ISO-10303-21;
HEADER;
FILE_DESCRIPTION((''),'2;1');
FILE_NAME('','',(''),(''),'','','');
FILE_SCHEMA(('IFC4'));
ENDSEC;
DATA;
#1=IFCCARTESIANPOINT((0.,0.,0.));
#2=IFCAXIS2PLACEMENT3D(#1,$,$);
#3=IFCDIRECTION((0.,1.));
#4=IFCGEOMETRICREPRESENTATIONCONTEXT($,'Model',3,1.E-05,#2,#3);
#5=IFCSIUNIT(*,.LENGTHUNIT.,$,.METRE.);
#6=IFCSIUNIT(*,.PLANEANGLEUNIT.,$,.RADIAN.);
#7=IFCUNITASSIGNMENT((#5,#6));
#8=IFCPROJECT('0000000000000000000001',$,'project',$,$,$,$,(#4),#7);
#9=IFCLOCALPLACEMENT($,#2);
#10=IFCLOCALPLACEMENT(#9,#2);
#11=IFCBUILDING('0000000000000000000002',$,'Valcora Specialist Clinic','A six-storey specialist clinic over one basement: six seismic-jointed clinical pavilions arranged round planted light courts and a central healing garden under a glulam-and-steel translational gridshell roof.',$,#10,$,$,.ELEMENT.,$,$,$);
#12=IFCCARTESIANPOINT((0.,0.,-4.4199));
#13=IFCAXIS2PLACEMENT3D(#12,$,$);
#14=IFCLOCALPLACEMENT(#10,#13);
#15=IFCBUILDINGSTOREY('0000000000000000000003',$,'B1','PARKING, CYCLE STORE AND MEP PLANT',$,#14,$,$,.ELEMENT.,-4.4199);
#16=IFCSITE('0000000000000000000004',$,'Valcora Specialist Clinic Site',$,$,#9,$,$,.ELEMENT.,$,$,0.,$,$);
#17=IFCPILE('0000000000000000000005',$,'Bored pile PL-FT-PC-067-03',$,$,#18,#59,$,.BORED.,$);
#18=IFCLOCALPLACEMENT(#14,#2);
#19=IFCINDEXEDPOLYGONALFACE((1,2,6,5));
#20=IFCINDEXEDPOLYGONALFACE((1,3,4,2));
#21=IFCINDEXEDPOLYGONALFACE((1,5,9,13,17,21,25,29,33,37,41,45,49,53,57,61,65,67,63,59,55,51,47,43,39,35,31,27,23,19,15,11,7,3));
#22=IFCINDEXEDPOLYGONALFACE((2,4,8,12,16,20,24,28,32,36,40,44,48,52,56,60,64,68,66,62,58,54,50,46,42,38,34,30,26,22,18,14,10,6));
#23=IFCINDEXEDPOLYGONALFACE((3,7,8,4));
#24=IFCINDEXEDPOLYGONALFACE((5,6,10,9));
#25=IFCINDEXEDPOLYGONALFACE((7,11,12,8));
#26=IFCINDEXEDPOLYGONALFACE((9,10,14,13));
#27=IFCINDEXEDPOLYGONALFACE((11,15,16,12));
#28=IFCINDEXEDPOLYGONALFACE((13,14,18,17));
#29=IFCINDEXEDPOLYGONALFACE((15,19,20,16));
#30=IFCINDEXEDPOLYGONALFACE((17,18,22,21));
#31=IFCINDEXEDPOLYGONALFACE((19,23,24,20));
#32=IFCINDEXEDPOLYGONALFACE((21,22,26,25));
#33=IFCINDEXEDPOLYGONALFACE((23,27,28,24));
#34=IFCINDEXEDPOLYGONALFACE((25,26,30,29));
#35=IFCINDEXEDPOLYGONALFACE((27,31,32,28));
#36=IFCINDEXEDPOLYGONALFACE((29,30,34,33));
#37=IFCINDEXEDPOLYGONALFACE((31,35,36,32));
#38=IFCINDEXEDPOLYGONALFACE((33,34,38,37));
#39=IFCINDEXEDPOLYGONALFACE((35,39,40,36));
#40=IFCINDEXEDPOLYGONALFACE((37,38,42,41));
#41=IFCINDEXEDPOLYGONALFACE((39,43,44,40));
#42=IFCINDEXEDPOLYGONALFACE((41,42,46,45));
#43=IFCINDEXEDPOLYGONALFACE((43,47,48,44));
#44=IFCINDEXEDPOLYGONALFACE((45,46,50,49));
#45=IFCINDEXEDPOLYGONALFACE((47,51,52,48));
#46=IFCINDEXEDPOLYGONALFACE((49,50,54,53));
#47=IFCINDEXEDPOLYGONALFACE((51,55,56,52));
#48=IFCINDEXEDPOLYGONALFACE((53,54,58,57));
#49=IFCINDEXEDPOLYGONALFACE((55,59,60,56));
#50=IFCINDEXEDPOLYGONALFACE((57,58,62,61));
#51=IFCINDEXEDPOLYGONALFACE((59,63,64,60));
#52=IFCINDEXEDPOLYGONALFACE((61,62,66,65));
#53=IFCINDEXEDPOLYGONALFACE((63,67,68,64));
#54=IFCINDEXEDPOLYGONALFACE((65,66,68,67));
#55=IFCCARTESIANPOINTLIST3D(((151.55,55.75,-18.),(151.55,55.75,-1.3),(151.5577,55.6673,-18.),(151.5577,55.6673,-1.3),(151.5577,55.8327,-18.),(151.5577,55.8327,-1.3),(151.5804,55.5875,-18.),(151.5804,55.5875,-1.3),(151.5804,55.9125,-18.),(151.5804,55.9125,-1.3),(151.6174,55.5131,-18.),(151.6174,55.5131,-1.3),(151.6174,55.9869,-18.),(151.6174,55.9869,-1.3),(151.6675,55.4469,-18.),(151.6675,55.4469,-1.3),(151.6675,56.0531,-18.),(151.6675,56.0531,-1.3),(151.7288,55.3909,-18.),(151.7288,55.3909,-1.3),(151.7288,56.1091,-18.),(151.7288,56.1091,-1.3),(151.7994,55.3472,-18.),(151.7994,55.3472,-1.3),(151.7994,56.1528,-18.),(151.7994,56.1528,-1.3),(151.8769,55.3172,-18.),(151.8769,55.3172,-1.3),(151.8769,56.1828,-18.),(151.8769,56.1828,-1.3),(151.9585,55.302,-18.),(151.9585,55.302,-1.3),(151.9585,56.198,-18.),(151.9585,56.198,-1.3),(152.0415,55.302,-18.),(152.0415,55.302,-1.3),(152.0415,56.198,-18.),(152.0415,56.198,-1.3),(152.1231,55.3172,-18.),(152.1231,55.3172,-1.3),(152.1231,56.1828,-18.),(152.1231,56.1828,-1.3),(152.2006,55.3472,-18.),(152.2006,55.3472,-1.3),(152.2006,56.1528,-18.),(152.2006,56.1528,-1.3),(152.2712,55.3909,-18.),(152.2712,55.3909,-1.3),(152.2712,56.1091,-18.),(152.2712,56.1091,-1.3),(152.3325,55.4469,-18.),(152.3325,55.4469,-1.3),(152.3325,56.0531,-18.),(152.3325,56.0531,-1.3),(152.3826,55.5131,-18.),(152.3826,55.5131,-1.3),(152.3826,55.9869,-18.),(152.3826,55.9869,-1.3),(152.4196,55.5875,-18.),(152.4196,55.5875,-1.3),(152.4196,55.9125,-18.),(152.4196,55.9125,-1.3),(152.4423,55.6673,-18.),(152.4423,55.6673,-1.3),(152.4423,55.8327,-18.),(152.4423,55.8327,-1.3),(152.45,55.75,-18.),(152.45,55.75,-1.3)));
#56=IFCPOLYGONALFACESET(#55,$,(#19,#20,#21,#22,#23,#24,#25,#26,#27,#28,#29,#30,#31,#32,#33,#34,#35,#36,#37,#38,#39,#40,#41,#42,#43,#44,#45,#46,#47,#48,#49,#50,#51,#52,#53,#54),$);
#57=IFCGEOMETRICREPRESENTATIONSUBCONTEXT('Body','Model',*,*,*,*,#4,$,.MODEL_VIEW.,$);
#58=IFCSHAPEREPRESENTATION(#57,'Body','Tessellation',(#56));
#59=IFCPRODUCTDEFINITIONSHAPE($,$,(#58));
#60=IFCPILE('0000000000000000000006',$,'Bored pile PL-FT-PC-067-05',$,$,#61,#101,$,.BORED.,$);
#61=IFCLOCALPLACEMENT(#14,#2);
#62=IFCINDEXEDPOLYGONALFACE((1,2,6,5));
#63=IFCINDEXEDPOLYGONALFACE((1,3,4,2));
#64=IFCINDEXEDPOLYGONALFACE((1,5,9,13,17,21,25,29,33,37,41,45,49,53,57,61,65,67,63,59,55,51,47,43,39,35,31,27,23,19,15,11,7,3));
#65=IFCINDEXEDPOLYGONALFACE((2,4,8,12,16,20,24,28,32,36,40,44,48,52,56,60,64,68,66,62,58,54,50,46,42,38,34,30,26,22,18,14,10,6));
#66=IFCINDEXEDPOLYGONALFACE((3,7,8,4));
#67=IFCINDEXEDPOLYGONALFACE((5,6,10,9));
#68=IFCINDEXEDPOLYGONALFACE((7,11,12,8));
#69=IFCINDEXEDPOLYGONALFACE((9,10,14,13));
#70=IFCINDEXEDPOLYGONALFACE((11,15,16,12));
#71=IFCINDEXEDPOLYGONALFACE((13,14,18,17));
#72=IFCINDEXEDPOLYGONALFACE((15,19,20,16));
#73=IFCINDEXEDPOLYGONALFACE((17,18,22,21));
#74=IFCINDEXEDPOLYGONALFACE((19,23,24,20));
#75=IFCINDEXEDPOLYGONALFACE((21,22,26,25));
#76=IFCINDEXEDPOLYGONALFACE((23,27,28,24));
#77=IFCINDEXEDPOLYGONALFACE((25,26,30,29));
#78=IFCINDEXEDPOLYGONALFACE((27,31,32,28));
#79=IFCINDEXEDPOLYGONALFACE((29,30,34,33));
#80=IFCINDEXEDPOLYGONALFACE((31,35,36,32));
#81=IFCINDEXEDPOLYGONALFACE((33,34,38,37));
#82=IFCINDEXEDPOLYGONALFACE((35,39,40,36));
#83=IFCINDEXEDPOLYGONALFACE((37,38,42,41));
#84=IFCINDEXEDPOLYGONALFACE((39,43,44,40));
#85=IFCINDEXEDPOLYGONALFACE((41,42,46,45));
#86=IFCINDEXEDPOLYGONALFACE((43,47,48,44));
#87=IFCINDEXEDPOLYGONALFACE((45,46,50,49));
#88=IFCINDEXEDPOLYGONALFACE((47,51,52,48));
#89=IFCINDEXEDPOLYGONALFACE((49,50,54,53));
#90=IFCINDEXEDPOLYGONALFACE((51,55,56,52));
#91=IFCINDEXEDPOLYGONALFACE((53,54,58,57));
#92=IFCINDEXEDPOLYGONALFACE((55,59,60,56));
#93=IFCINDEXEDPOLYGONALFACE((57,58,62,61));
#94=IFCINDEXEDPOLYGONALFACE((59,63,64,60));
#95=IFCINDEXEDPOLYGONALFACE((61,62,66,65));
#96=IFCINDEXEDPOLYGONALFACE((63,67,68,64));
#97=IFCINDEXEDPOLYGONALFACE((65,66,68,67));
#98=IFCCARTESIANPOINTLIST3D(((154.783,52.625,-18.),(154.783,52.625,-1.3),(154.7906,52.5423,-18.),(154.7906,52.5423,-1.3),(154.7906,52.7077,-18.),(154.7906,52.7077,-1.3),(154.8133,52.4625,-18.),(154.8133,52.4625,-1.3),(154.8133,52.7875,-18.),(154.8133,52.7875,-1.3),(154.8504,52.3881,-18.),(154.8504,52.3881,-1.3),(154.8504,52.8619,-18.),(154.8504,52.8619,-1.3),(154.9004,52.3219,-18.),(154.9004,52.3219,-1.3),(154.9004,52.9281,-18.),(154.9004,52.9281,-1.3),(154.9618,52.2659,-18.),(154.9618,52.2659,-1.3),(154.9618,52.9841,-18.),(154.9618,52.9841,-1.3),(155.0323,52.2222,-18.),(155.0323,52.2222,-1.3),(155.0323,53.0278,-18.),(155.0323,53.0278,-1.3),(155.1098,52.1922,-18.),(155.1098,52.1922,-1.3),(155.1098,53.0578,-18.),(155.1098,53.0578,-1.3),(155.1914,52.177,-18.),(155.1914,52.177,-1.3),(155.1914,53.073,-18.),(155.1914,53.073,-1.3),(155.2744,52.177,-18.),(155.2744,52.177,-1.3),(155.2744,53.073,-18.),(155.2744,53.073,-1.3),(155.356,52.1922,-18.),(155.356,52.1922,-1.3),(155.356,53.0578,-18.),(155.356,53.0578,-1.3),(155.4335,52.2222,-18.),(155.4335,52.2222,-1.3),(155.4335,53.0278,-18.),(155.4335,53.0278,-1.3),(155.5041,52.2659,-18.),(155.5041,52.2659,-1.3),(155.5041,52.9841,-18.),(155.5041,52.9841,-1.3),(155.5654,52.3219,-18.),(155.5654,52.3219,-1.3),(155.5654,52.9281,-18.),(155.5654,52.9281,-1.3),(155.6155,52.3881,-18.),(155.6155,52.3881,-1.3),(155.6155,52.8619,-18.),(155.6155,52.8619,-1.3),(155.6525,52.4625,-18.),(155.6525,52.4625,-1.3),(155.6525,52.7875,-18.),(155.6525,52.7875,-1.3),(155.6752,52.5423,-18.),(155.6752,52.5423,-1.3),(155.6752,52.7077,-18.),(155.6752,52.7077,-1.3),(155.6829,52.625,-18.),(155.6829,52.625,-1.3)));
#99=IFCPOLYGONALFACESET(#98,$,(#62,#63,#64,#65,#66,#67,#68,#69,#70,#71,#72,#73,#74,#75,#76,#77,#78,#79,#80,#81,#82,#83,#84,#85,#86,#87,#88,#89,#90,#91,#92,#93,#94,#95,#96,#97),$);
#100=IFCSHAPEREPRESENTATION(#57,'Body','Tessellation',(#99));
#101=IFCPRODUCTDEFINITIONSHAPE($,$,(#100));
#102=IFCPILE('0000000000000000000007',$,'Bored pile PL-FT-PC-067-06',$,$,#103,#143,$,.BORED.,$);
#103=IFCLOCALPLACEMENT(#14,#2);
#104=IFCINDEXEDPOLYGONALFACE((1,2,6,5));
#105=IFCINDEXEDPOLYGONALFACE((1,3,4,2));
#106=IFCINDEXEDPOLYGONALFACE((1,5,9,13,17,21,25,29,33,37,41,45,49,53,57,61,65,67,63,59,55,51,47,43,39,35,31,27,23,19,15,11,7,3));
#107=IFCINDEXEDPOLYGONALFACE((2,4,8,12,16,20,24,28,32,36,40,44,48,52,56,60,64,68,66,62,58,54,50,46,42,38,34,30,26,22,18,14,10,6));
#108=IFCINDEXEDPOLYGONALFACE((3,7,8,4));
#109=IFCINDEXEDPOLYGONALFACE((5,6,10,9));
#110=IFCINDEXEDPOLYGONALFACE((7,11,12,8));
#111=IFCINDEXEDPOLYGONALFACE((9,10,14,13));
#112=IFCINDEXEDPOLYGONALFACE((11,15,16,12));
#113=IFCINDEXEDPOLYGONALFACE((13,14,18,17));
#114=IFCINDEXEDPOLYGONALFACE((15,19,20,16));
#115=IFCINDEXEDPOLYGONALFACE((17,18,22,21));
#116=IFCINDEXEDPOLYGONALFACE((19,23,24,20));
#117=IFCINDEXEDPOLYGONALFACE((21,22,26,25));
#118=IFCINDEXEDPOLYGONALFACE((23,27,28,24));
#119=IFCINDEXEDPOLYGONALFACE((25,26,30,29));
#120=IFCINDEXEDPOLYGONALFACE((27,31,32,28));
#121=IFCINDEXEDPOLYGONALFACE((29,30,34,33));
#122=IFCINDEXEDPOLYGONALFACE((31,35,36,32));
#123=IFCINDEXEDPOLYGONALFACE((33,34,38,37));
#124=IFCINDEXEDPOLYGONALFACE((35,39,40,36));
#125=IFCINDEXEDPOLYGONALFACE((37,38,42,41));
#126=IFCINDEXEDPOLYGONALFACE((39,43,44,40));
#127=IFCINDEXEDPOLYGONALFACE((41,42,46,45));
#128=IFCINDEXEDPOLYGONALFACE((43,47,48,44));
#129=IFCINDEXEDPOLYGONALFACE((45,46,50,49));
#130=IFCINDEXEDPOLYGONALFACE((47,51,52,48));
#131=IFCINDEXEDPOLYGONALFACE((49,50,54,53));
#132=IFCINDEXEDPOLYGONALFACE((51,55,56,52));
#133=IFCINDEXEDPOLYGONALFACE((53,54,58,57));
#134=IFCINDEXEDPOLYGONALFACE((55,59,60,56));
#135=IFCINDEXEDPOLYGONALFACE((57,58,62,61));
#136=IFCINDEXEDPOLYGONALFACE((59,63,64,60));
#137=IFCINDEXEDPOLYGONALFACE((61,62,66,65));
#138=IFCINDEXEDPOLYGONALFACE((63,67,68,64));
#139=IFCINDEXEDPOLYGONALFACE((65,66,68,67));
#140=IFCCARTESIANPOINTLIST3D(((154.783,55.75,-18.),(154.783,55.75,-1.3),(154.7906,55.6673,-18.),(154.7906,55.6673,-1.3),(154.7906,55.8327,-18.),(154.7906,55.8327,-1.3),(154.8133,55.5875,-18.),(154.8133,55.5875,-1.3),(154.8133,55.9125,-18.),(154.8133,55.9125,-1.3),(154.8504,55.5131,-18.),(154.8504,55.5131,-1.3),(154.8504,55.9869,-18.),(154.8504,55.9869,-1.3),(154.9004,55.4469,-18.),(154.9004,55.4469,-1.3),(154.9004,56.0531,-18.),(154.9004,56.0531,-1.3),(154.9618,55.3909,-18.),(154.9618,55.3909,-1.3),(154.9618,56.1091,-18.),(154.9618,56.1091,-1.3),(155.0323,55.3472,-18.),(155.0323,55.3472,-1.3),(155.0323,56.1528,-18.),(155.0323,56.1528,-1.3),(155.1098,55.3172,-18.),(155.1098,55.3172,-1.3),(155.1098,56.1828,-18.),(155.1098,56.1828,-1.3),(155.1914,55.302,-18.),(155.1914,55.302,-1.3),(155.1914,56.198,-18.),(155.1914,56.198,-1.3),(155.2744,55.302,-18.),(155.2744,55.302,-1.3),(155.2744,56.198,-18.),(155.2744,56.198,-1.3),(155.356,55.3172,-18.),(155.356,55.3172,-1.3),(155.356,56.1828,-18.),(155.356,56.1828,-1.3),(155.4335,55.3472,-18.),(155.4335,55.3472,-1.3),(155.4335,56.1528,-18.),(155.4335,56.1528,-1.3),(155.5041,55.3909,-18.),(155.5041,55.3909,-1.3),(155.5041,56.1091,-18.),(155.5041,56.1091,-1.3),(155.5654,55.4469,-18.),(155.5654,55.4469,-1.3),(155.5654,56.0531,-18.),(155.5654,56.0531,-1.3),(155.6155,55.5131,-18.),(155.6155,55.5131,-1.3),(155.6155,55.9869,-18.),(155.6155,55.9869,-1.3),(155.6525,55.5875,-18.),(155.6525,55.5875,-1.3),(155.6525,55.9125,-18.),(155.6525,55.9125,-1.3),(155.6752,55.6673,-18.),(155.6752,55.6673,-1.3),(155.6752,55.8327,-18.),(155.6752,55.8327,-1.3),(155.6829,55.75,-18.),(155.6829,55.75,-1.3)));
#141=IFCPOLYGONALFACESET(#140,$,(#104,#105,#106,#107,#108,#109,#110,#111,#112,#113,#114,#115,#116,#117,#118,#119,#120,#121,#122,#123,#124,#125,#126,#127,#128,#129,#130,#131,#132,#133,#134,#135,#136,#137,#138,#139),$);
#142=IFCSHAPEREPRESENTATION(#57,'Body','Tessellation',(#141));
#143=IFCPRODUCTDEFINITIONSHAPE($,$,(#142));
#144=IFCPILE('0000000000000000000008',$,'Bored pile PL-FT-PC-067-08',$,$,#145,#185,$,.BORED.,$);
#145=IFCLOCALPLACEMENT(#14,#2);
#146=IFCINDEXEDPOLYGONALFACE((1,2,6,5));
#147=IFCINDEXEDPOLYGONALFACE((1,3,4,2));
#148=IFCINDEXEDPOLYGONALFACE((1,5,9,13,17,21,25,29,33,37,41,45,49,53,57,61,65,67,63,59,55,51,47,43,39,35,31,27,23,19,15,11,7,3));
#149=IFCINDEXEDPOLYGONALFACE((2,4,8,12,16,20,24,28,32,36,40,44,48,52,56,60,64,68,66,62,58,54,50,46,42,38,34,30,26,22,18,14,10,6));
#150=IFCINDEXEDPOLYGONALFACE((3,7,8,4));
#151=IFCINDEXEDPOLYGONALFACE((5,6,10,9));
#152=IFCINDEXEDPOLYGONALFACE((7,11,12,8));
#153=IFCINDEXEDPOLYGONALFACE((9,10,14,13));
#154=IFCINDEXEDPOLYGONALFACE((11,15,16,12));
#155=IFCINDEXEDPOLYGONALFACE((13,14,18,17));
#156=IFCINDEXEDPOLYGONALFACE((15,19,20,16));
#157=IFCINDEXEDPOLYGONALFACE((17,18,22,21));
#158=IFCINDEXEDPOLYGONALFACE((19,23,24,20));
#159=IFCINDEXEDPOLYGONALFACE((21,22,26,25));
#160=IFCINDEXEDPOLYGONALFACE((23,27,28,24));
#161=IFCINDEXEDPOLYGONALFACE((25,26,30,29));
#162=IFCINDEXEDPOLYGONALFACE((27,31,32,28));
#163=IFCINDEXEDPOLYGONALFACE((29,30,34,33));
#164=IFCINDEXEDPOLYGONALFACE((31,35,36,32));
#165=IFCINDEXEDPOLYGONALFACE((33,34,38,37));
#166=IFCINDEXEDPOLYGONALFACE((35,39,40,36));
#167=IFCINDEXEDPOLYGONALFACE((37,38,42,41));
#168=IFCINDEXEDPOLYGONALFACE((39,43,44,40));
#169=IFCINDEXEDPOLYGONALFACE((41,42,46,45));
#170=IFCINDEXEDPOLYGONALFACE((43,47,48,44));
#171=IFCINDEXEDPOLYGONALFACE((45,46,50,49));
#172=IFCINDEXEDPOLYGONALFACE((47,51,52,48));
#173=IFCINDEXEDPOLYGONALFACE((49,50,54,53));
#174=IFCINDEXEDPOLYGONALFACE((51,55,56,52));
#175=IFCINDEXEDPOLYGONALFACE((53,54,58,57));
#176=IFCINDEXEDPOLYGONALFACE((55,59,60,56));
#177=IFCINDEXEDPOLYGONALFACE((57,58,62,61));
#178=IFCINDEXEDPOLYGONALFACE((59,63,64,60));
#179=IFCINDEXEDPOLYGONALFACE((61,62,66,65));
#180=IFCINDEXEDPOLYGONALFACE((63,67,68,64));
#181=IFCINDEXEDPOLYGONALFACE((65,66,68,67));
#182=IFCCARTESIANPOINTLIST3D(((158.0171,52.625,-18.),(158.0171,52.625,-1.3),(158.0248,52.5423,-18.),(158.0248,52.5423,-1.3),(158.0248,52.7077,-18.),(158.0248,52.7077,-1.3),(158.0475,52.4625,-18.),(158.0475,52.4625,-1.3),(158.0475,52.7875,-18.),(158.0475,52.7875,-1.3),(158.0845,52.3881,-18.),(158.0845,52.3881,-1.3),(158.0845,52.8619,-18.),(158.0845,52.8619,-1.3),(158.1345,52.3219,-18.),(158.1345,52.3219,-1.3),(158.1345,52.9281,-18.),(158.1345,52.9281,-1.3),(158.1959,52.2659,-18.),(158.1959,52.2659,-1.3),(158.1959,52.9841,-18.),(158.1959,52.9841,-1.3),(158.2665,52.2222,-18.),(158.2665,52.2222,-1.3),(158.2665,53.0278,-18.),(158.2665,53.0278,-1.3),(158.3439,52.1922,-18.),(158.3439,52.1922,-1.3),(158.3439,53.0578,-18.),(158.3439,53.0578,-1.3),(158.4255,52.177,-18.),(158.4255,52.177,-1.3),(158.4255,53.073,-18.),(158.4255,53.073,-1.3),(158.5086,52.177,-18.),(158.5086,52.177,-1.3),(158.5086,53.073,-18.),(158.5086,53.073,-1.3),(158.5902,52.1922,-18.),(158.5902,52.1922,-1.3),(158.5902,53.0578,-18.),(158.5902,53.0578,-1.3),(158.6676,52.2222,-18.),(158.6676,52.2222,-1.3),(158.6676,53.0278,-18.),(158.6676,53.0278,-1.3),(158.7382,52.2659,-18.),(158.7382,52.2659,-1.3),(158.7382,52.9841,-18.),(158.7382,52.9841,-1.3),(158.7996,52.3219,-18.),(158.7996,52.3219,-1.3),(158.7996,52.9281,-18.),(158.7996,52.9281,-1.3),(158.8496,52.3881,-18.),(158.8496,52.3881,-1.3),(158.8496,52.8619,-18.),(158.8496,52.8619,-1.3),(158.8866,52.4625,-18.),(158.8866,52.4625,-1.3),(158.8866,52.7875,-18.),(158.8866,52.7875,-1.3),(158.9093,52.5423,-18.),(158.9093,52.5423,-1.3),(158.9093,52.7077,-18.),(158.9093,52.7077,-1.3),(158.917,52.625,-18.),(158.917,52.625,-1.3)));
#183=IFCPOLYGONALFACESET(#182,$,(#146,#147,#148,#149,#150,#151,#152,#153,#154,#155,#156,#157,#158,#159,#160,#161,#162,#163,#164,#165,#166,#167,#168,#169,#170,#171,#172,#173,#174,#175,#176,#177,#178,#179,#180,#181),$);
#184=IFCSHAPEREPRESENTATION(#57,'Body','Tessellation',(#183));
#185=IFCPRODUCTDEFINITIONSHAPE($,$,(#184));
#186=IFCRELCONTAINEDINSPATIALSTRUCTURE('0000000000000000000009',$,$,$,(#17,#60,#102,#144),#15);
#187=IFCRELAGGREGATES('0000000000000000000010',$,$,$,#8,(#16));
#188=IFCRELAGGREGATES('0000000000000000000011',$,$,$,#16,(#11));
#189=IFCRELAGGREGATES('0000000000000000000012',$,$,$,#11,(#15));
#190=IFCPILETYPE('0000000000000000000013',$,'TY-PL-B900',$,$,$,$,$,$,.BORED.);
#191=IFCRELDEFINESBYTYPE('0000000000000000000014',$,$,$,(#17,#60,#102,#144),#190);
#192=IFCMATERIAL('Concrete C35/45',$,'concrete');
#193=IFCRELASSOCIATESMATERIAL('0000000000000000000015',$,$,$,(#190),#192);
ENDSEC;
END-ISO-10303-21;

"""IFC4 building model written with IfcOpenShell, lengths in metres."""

from ifc_helpers import new_model, si_unit, direction, frame, origin, origin_2d, place, context, subcontext, project, spatial, circle, extrude, material, material_profile, profile_set, type_object, element, save


model = new_model("IFC4")

# Units and contexts
model_context = context("Model", 3, precision=1e-05, world=origin(), true_north=direction((0.0, 1.0)))
body_context = subcontext(model_context, "Body", "Model", "MODEL_VIEW")
ifc_project = project(units=[si_unit("LENGTHUNIT", "METRE"), si_unit("PLANEANGLEUNIT", "RADIAN")], contexts=[model_context])

# Site, building, storey
site_placement = place(None, origin())
site = spatial("IfcSite", under=ifc_project, at=site_placement, Name="Valcora Specialist Clinic Site", CompositionType="ELEMENT", RefElevation=0.0)
building_placement = place(site_placement, origin())
building = spatial("IfcBuilding", under=site, at=building_placement, Name="Valcora Specialist Clinic", Description="A six-storey specialist clinic over one basement: six seismic-jointed clinical pavilions arranged round planted light courts and a central healing garden under a glulam-and-steel translational gridshell roof.", CompositionType="ELEMENT")
storey_placement = place(building_placement, frame((0.0, 0.0, -4.4199)))
storey = spatial("IfcBuildingStorey", under=building, at=storey_placement, Name="B1", Description="PARKING, CYCLE STORE AND MEP PLANT", CompositionType="ELEMENT", Elevation=-4.4199)

# Shared definitions
ifc_material_1 = material(Name="Concrete C35/45", Category="concrete")

# Piles
ifc_material_profile_1 = material_profile(ifc_material_1, circle(Radius=0.45, at=origin_2d()), Name="RC-PIL-D900")
ifc_profile_set_1 = profile_set([ifc_material_profile_1], Name="Concrete C35/45")
pile_type_1 = type_object("IfcPileType", Name="TY-PL-B900", PredefinedType="BORED", material=ifc_profile_set_1)
for number, where, z_axis, x_axis, name in (
    (1, (152.0, 55.75, -1.3), (0.0, 0.0, -1.0), (1.0, 0.0, 0.0), "Bored pile PL-FT-PC-067-03"),
    (2, (155.2329, 52.625, -1.3), (0.0, 0.0, -1.0), (1.0, 0.0, 0.0), "Bored pile PL-FT-PC-067-05"),
    (3, (155.2329, 55.75, -1.3), (0.0, 0.0, -1.0), (1.0, 0.0, 0.0), "Bored pile PL-FT-PC-067-06"),
    (4, (158.467, 52.625, -1.3), (0.0, 0.0, -1.0), (1.0, 0.0, 0.0), "Bored pile PL-FT-PC-067-08"),
):
    element("IfcPile", number, at=place(storey_placement, frame(where, z_axis=z_axis, x_axis=x_axis)), inside=storey, type_object=pile_type_1, Name=name, PredefinedType="BORED", context=body_context, shape_type="SweptSolid", body=[
        extrude(circle(Radius=0.45, at=origin_2d()), origin(), (0.0, 0.0, 1.0), 16.7),
    ])

save(model, "model.ifc")
